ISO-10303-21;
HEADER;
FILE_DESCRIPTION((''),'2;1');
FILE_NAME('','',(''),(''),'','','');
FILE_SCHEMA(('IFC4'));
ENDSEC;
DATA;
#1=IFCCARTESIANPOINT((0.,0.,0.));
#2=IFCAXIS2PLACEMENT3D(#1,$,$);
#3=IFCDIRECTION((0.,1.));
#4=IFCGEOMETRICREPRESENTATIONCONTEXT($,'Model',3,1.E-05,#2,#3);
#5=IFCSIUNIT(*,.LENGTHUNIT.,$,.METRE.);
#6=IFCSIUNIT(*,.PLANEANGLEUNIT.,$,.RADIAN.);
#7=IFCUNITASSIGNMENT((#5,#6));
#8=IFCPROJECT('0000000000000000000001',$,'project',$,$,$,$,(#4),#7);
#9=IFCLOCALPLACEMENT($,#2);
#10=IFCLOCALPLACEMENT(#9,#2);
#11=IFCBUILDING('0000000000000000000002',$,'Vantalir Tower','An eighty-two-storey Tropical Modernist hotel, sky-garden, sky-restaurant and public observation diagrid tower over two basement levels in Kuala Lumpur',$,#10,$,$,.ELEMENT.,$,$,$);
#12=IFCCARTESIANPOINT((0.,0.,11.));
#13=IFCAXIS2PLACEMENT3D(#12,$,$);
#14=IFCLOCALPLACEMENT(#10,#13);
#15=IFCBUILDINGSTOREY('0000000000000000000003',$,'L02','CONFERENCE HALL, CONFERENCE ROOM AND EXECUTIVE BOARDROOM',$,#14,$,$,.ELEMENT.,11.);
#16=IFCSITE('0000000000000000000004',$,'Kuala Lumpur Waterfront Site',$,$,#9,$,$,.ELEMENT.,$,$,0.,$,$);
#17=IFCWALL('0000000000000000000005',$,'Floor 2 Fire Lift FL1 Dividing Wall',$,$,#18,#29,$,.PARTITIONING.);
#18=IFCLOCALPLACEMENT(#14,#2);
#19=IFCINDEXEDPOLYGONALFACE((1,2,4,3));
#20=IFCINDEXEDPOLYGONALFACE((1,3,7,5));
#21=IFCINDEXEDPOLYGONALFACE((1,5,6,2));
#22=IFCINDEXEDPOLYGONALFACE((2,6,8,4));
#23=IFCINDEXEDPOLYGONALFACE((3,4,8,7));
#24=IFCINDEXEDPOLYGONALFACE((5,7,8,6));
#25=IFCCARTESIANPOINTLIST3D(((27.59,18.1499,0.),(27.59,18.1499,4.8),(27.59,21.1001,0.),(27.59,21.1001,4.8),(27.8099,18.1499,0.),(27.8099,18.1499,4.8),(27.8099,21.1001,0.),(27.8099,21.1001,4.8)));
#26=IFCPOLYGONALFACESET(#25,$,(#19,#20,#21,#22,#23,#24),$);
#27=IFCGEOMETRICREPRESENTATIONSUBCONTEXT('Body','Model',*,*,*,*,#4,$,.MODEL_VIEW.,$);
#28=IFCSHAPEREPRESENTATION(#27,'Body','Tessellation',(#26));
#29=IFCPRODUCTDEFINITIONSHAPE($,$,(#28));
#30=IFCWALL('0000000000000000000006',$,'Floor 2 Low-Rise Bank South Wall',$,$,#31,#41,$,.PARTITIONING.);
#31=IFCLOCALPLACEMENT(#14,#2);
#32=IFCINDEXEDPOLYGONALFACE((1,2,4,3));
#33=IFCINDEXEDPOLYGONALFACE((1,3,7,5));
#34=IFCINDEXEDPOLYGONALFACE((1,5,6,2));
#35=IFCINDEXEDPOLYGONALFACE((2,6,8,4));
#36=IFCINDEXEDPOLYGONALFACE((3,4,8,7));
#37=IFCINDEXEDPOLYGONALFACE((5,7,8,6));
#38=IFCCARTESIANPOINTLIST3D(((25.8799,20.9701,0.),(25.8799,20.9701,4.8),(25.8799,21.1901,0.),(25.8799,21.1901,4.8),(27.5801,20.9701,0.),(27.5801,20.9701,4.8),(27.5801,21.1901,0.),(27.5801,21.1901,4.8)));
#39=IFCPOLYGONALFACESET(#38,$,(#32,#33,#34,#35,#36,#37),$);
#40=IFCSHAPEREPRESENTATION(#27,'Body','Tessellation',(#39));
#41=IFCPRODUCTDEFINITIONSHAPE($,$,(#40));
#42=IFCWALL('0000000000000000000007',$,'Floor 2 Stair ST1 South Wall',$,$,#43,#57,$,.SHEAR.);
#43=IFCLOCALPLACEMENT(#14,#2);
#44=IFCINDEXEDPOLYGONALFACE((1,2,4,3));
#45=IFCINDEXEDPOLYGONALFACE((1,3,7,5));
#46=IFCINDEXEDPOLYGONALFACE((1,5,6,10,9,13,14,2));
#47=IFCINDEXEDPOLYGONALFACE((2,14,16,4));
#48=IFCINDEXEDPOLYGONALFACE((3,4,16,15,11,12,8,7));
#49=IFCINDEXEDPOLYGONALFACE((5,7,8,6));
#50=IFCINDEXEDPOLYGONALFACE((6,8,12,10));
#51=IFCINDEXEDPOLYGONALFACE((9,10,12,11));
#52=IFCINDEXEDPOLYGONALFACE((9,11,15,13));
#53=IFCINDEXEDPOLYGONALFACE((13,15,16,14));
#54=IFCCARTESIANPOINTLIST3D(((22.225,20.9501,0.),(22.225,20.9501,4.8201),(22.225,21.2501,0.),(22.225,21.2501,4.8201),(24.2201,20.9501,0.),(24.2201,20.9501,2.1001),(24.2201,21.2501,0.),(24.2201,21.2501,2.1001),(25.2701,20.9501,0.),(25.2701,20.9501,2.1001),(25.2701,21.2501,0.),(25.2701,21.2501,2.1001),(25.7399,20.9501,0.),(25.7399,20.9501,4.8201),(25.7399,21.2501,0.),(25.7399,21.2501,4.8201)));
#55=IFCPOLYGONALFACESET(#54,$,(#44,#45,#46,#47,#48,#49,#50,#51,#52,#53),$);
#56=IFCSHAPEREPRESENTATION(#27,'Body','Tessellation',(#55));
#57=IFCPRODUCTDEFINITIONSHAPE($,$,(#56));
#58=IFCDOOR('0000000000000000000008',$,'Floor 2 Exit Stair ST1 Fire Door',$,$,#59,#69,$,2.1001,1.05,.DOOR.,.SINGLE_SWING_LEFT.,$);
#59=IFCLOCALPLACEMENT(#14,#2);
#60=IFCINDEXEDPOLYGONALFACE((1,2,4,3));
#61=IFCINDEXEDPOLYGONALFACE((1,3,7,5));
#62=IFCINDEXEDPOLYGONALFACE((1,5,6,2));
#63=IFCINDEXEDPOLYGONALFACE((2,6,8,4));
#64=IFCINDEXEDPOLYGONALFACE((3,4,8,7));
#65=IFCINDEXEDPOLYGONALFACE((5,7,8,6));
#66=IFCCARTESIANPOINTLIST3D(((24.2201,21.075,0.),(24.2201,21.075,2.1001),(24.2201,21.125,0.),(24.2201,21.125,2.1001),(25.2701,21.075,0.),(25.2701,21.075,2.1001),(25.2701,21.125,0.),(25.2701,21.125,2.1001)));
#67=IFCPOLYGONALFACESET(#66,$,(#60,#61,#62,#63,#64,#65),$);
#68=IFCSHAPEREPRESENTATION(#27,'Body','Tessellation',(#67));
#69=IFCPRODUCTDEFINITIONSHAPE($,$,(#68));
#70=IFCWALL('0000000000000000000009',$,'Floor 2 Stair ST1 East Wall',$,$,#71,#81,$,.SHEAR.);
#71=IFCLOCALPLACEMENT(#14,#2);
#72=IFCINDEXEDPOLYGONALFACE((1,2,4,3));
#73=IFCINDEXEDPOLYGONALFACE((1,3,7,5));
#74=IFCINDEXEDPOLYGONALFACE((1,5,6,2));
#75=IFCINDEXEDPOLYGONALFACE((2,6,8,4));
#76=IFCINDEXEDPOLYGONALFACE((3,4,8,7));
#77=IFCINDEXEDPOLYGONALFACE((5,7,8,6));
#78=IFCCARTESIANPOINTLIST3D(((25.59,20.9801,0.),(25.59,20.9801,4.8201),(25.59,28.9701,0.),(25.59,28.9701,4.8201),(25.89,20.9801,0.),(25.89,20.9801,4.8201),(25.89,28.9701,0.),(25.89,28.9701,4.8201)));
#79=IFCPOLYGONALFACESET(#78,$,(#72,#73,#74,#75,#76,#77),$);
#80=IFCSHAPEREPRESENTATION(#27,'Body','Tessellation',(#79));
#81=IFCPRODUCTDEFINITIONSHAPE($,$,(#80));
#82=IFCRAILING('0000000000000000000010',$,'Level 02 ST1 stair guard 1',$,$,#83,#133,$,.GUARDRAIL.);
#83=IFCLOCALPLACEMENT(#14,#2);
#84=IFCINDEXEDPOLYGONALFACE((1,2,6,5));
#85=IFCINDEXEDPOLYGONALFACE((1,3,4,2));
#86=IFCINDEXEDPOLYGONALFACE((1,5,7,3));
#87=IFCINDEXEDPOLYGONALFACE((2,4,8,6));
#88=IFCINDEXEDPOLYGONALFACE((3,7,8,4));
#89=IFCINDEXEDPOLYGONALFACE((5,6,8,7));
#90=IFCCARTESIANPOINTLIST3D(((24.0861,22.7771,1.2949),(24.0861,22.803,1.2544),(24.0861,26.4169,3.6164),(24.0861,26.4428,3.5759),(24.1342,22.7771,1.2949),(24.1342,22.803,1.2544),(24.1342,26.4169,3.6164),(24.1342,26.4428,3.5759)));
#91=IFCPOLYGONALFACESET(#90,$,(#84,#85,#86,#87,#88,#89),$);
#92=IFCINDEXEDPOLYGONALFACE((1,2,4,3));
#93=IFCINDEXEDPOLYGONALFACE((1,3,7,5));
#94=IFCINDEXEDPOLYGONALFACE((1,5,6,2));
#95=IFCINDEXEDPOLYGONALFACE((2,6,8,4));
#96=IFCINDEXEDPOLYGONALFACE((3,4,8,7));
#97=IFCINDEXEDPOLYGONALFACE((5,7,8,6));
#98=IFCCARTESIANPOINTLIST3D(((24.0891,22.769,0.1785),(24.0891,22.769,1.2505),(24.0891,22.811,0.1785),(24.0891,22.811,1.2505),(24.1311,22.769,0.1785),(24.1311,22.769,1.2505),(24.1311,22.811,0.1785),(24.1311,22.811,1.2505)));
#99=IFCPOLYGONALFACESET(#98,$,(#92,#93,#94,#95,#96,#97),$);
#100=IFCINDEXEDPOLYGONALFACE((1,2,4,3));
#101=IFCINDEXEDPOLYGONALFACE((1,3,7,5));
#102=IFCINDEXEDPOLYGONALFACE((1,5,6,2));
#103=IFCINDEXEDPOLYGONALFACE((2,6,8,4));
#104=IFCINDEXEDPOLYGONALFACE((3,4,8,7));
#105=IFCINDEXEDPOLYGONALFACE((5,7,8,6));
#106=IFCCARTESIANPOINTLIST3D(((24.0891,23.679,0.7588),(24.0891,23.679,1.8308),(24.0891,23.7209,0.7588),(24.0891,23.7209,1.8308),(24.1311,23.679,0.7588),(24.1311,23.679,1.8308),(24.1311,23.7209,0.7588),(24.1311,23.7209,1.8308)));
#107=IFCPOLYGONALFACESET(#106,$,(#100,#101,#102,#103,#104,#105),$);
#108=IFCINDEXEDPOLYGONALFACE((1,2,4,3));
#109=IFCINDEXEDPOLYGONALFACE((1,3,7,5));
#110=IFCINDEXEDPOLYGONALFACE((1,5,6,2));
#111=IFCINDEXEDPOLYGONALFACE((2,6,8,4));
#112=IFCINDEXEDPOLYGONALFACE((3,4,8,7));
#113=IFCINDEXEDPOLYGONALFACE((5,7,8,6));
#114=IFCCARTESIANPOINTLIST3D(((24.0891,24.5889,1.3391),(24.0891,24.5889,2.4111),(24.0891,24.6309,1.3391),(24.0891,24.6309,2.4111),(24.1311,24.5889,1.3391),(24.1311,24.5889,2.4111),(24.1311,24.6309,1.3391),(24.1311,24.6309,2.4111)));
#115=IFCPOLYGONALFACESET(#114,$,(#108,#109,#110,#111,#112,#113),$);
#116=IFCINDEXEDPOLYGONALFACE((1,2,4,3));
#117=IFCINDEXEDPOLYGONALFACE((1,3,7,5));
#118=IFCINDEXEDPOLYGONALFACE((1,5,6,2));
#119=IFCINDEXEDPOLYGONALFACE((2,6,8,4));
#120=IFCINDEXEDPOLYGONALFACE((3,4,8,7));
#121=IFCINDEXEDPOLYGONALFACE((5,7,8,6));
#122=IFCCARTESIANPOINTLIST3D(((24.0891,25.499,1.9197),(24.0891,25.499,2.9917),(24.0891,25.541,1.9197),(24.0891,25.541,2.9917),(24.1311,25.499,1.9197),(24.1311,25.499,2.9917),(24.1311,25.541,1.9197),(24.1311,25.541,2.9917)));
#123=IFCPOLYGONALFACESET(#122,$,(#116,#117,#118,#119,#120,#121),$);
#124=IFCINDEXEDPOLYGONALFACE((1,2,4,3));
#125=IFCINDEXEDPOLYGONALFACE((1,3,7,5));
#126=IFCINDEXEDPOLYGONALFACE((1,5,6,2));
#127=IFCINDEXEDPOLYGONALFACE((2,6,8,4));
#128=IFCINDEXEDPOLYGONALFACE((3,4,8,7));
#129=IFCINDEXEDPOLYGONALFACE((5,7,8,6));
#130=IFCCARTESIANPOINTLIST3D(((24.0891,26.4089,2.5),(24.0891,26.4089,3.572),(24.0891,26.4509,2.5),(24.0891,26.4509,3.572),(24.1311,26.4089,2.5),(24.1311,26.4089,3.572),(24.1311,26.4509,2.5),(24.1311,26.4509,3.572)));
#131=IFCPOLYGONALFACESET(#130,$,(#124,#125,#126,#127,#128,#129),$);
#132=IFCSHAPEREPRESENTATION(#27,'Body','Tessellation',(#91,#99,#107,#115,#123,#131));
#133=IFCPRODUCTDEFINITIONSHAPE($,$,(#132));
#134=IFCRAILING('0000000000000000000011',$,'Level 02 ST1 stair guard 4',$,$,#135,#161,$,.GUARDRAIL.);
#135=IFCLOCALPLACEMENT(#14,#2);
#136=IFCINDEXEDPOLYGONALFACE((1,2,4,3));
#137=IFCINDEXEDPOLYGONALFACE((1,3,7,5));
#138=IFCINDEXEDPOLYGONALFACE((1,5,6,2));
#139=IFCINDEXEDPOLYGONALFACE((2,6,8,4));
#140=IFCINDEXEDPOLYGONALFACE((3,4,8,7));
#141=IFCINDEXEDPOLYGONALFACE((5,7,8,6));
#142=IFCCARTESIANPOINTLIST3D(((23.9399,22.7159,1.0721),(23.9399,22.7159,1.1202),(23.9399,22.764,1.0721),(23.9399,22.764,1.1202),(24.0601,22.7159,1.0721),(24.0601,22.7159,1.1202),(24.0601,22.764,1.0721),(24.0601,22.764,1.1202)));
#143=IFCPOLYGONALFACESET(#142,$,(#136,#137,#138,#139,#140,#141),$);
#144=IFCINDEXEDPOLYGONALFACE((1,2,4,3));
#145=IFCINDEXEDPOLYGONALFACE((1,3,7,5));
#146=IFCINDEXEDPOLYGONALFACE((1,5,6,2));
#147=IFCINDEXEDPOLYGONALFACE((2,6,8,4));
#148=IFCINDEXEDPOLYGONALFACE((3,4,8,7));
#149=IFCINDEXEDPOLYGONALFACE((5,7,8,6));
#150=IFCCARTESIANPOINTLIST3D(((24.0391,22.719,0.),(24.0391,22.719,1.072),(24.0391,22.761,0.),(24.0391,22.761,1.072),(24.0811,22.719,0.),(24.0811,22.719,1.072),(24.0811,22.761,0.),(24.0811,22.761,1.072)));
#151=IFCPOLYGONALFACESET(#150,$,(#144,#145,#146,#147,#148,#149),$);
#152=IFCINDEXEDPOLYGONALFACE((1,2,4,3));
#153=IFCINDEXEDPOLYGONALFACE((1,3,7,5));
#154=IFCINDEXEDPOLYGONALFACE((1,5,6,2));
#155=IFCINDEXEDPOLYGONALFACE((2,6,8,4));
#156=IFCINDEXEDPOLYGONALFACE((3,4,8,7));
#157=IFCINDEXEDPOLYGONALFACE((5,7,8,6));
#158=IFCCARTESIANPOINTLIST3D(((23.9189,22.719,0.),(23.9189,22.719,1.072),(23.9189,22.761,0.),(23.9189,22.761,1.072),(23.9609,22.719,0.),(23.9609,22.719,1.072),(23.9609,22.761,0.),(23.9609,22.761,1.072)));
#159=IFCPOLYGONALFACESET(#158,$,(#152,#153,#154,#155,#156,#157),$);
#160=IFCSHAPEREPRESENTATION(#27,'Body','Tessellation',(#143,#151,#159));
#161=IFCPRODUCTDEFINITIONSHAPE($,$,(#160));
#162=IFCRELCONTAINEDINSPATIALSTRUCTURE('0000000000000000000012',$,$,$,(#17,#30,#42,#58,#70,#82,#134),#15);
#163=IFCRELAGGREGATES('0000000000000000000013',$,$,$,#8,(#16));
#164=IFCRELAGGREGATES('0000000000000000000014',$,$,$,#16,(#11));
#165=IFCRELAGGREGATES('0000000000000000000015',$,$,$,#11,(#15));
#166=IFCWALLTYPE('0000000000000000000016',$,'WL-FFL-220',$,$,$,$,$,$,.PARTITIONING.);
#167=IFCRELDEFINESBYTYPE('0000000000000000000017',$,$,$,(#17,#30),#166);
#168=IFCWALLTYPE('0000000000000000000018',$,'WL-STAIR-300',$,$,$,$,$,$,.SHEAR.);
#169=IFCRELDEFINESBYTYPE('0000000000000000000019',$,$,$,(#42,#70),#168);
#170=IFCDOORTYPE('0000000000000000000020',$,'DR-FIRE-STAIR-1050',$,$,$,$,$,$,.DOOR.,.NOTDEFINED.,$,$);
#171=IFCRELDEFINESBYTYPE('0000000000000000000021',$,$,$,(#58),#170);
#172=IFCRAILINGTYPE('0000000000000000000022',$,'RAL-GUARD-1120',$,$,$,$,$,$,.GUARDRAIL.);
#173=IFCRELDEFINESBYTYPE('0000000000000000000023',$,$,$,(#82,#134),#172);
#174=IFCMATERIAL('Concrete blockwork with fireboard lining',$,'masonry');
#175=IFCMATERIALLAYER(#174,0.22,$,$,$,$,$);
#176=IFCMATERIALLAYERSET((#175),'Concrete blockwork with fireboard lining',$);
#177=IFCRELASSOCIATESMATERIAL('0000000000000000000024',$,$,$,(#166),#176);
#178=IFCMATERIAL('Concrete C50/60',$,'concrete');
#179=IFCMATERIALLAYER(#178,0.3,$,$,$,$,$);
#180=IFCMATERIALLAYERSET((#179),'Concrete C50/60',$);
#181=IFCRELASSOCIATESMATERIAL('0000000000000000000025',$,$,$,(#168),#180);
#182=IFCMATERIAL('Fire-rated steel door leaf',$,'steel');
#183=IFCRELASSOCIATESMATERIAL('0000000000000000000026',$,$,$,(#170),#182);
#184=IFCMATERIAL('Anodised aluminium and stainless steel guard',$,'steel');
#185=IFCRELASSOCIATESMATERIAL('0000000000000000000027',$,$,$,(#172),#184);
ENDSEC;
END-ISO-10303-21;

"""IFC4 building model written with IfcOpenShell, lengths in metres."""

from ifc_helpers import new_model, si_unit, direction, frame, frame_2d, origin, origin_2d, place, context, subcontext, project, spatial, rectangle, extrude, material, layer, layer_set, type_object, element, fill, save


model = new_model("IFC4")

# Units and contexts
model_context = context("Model", 3, precision=1e-05, world=origin(), true_north=direction((0.0, 1.0)))
body_context = subcontext(model_context, "Body", "Model", "MODEL_VIEW")
ifc_project = project(units=[si_unit("LENGTHUNIT", "METRE"), si_unit("PLANEANGLEUNIT", "RADIAN")], contexts=[model_context])

# Site, building, storey
site_placement = place(None, origin())
site = spatial("IfcSite", under=ifc_project, at=site_placement, Name="Kuala Lumpur Waterfront Site", CompositionType="ELEMENT", RefElevation=0.0)
building_placement = place(site_placement, origin())
building = spatial("IfcBuilding", under=site, at=building_placement, Name="Vantalir Tower", Description="An eighty-two-storey Tropical Modernist hotel, sky-garden, sky-restaurant and public observation diagrid tower over two basement levels in Kuala Lumpur", CompositionType="ELEMENT")
storey_placement = place(building_placement, frame((0.0, 0.0, 11.0)))
storey = spatial("IfcBuildingStorey", under=building, at=storey_placement, Name="L02", Description="CONFERENCE HALL, CONFERENCE ROOM AND EXECUTIVE BOARDROOM", CompositionType="ELEMENT", Elevation=11.0)

# Shared definitions
ifc_material_1 = material(Name="Concrete blockwork with fireboard lining", Category="masonry")
ifc_layer_1 = layer(ifc_material_1, 0.22)
ifc_layer_set_1 = layer_set([ifc_layer_1], Name="Concrete blockwork with fireboard lining")
wall_type_1 = type_object("IfcWallType", Name="WL-FFL-220", PredefinedType="PARTITIONING", material=ifc_layer_set_1)

# Walls
wall_1_placement = place(storey_placement, frame((27.7, 18.1499, 0.0), z_axis=(0.0, 0.0, 1.0), x_axis=(0.0, 1.0, 0.0)))
element("IfcWall", 1, at=wall_1_placement, inside=storey, type_object=wall_type_1, Name="Floor 2 Fire Lift FL1 Dividing Wall", PredefinedType="PARTITIONING", context=body_context, shape_type="SweptSolid", body=[
    extrude(rectangle(XDim=2.9502, YDim=0.22, at=frame_2d((1.4751, 0.0))), origin(), (0.0, 0.0, 1.0), 4.8),
])
wall_2_placement = place(storey_placement, frame((25.8799, 21.0801, 0.0), z_axis=(0.0, 0.0, 1.0), x_axis=(1.0, 0.0, 0.0)))
element("IfcWall", 2, at=wall_2_placement, inside=storey, type_object=wall_type_1, Name="Floor 2 Low-Rise Bank South Wall", PredefinedType="PARTITIONING", context=body_context, shape_type="SweptSolid", body=[
    extrude(rectangle(XDim=1.7002, YDim=0.22, at=frame_2d((0.8501, 0.0))), origin(), (0.0, 0.0, 1.0), 4.8),
])

# Wall, opening, door
ifc_material_2 = material(Name="Concrete C50/60", Category="concrete")
ifc_layer_2 = layer(ifc_material_2, 0.3)
ifc_layer_set_2 = layer_set([ifc_layer_2], Name="Concrete C50/60")
wall_type_2 = type_object("IfcWallType", Name="WL-STAIR-300", PredefinedType="SHEAR", material=ifc_layer_set_2)
wall_3_placement = place(storey_placement, frame((22.2251, 21.1001, 0.0), z_axis=(0.0, 0.0, 1.0), x_axis=(1.0, 0.0, 0.0)))
wall_3 = element("IfcWall", 3, at=wall_3_placement, inside=storey, type_object=wall_type_2, Name="Floor 2 Stair ST1 South Wall", PredefinedType="SHEAR", context=body_context, shape_type="SweptSolid", body=[
    extrude(rectangle(XDim=3.5149, YDim=0.3, at=frame_2d((1.7573, 0.0))), origin(), (0.0, 0.0, 1.0), 4.8201),
])
opening_1_placement = place(wall_3_placement, frame((1.9951, 0.0, 0.0)))
opening_1 = element("IfcOpeningElement", 4, at=opening_1_placement, cuts=wall_3, PredefinedType="OPENING", context=body_context, shape_type="SweptSolid", body=[
    extrude(rectangle(XDim=1.05, YDim=2.1001, at=frame_2d((0.5249, 1.05))), frame((0.0, 0.1599, 0.0), z_axis=(0.0, -1.0, 0.0), x_axis=(1.0, 0.0, 0.0)), (0.0, 0.0, 1.0), 0.3201),
])
ifc_material_3 = material(Name="Fire-rated steel door leaf", Category="steel")
door_type_1 = type_object("IfcDoorType", Name="DR-FIRE-STAIR-1050", OperationType="NOTDEFINED", PredefinedType="DOOR", material=ifc_material_3)
door_1_placement = place(opening_1_placement, origin())
door_1 = element("IfcDoor", 5, at=door_1_placement, inside=storey, type_object=door_type_1, Name="Floor 2 Exit Stair ST1 Fire Door", OperationType="SINGLE_SWING_LEFT", OverallHeight=2.1001, OverallWidth=1.05, PredefinedType="DOOR", context=body_context, shape_type="SweptSolid", body=[
    extrude(rectangle(XDim=1.05, YDim=2.1001, at=frame_2d((0.5249, 1.05))), frame((0.0, 0.0249, 0.0), z_axis=(0.0, -1.0, 0.0), x_axis=(1.0, 0.0, 0.0)), (0.0, 0.0, 1.0), 0.05),
])
fill(opening_1, door_1)

# Wall
wall_4_placement = place(storey_placement, frame((25.74, 20.98, 0.0), z_axis=(0.0, 0.0, 1.0), x_axis=(0.0, 1.0, 0.0)))
element("IfcWall", 6, at=wall_4_placement, inside=storey, type_object=wall_type_2, Name="Floor 2 Stair ST1 East Wall", PredefinedType="SHEAR", context=body_context, shape_type="SweptSolid", body=[
    extrude(rectangle(XDim=7.99, YDim=0.3, at=frame_2d((3.9951, 0.0))), origin(), (0.0, 0.0, 1.0), 4.8201),
])

# Railings
ifc_material_4 = material(Name="Anodised aluminium and stainless steel guard", Category="steel")
railing_type = type_object("IfcRailingType", Name="RAL-GUARD-1120", PredefinedType="GUARDRAIL", material=ifc_material_4)
railing_1_placement = place(storey_placement, frame((24.1101, 22.79, 0.1785)))
element("IfcRailing", 7, at=railing_1_placement, inside=storey, type_object=railing_type, Name="Level 02 ST1 stair guard 1", PredefinedType="GUARDRAIL", context=body_context, shape_type="SweptSolid", body=[
    extrude(rectangle(XDim=0.0481, YDim=0.0481, at=origin_2d()), frame((0.0, 0.0, 1.0962), z_axis=(0.0, 0.843112, 0.537739), x_axis=(-1.0, 0.0, 0.0)), (0.0, 0.0, 1.0), 4.3171),
    extrude(rectangle(XDim=0.042, YDim=0.042, at=origin_2d()), origin(), (0.0, 0.0, 1.0), 1.072),
    extrude(rectangle(XDim=0.042, YDim=0.042, at=origin_2d()), frame((0.0, 0.9099, 0.5803)), (0.0, 0.0, 1.0), 1.072),
    extrude(rectangle(XDim=0.042, YDim=0.042, at=origin_2d()), frame((0.0, 1.8198, 1.1606)), (0.0, 0.0, 1.0), 1.072),
    extrude(rectangle(XDim=0.042, YDim=0.042, at=origin_2d()), frame((0.0, 2.73, 1.7412)), (0.0, 0.0, 1.0), 1.072),
    extrude(rectangle(XDim=0.042, YDim=0.042, at=origin_2d()), frame((0.0, 3.6399, 2.3215)), (0.0, 0.0, 1.0), 1.072),
])
railing_2_placement = place(storey_placement, frame((24.0601, 22.74, 0.0)))
element("IfcRailing", 8, at=railing_2_placement, inside=storey, type_object=railing_type, Name="Level 02 ST1 stair guard 4", PredefinedType="GUARDRAIL", context=body_context, shape_type="SweptSolid", body=[
    extrude(rectangle(XDim=0.0481, YDim=0.0481, at=origin_2d()), frame((0.0, 0.0, 1.0962), z_axis=(-1.0, 0.0, 0.0), x_axis=(0.0, -1.0, 0.0)), (0.0, 0.0, 1.0), 0.1201),
    extrude(rectangle(XDim=0.042, YDim=0.042, at=origin_2d()), origin(), (0.0, 0.0, 1.0), 1.072),
    extrude(rectangle(XDim=0.042, YDim=0.042, at=origin_2d()), frame((-0.1201, 0.0, 0.0)), (0.0, 0.0, 1.0), 1.072),
])

save(model, "model.ifc")
